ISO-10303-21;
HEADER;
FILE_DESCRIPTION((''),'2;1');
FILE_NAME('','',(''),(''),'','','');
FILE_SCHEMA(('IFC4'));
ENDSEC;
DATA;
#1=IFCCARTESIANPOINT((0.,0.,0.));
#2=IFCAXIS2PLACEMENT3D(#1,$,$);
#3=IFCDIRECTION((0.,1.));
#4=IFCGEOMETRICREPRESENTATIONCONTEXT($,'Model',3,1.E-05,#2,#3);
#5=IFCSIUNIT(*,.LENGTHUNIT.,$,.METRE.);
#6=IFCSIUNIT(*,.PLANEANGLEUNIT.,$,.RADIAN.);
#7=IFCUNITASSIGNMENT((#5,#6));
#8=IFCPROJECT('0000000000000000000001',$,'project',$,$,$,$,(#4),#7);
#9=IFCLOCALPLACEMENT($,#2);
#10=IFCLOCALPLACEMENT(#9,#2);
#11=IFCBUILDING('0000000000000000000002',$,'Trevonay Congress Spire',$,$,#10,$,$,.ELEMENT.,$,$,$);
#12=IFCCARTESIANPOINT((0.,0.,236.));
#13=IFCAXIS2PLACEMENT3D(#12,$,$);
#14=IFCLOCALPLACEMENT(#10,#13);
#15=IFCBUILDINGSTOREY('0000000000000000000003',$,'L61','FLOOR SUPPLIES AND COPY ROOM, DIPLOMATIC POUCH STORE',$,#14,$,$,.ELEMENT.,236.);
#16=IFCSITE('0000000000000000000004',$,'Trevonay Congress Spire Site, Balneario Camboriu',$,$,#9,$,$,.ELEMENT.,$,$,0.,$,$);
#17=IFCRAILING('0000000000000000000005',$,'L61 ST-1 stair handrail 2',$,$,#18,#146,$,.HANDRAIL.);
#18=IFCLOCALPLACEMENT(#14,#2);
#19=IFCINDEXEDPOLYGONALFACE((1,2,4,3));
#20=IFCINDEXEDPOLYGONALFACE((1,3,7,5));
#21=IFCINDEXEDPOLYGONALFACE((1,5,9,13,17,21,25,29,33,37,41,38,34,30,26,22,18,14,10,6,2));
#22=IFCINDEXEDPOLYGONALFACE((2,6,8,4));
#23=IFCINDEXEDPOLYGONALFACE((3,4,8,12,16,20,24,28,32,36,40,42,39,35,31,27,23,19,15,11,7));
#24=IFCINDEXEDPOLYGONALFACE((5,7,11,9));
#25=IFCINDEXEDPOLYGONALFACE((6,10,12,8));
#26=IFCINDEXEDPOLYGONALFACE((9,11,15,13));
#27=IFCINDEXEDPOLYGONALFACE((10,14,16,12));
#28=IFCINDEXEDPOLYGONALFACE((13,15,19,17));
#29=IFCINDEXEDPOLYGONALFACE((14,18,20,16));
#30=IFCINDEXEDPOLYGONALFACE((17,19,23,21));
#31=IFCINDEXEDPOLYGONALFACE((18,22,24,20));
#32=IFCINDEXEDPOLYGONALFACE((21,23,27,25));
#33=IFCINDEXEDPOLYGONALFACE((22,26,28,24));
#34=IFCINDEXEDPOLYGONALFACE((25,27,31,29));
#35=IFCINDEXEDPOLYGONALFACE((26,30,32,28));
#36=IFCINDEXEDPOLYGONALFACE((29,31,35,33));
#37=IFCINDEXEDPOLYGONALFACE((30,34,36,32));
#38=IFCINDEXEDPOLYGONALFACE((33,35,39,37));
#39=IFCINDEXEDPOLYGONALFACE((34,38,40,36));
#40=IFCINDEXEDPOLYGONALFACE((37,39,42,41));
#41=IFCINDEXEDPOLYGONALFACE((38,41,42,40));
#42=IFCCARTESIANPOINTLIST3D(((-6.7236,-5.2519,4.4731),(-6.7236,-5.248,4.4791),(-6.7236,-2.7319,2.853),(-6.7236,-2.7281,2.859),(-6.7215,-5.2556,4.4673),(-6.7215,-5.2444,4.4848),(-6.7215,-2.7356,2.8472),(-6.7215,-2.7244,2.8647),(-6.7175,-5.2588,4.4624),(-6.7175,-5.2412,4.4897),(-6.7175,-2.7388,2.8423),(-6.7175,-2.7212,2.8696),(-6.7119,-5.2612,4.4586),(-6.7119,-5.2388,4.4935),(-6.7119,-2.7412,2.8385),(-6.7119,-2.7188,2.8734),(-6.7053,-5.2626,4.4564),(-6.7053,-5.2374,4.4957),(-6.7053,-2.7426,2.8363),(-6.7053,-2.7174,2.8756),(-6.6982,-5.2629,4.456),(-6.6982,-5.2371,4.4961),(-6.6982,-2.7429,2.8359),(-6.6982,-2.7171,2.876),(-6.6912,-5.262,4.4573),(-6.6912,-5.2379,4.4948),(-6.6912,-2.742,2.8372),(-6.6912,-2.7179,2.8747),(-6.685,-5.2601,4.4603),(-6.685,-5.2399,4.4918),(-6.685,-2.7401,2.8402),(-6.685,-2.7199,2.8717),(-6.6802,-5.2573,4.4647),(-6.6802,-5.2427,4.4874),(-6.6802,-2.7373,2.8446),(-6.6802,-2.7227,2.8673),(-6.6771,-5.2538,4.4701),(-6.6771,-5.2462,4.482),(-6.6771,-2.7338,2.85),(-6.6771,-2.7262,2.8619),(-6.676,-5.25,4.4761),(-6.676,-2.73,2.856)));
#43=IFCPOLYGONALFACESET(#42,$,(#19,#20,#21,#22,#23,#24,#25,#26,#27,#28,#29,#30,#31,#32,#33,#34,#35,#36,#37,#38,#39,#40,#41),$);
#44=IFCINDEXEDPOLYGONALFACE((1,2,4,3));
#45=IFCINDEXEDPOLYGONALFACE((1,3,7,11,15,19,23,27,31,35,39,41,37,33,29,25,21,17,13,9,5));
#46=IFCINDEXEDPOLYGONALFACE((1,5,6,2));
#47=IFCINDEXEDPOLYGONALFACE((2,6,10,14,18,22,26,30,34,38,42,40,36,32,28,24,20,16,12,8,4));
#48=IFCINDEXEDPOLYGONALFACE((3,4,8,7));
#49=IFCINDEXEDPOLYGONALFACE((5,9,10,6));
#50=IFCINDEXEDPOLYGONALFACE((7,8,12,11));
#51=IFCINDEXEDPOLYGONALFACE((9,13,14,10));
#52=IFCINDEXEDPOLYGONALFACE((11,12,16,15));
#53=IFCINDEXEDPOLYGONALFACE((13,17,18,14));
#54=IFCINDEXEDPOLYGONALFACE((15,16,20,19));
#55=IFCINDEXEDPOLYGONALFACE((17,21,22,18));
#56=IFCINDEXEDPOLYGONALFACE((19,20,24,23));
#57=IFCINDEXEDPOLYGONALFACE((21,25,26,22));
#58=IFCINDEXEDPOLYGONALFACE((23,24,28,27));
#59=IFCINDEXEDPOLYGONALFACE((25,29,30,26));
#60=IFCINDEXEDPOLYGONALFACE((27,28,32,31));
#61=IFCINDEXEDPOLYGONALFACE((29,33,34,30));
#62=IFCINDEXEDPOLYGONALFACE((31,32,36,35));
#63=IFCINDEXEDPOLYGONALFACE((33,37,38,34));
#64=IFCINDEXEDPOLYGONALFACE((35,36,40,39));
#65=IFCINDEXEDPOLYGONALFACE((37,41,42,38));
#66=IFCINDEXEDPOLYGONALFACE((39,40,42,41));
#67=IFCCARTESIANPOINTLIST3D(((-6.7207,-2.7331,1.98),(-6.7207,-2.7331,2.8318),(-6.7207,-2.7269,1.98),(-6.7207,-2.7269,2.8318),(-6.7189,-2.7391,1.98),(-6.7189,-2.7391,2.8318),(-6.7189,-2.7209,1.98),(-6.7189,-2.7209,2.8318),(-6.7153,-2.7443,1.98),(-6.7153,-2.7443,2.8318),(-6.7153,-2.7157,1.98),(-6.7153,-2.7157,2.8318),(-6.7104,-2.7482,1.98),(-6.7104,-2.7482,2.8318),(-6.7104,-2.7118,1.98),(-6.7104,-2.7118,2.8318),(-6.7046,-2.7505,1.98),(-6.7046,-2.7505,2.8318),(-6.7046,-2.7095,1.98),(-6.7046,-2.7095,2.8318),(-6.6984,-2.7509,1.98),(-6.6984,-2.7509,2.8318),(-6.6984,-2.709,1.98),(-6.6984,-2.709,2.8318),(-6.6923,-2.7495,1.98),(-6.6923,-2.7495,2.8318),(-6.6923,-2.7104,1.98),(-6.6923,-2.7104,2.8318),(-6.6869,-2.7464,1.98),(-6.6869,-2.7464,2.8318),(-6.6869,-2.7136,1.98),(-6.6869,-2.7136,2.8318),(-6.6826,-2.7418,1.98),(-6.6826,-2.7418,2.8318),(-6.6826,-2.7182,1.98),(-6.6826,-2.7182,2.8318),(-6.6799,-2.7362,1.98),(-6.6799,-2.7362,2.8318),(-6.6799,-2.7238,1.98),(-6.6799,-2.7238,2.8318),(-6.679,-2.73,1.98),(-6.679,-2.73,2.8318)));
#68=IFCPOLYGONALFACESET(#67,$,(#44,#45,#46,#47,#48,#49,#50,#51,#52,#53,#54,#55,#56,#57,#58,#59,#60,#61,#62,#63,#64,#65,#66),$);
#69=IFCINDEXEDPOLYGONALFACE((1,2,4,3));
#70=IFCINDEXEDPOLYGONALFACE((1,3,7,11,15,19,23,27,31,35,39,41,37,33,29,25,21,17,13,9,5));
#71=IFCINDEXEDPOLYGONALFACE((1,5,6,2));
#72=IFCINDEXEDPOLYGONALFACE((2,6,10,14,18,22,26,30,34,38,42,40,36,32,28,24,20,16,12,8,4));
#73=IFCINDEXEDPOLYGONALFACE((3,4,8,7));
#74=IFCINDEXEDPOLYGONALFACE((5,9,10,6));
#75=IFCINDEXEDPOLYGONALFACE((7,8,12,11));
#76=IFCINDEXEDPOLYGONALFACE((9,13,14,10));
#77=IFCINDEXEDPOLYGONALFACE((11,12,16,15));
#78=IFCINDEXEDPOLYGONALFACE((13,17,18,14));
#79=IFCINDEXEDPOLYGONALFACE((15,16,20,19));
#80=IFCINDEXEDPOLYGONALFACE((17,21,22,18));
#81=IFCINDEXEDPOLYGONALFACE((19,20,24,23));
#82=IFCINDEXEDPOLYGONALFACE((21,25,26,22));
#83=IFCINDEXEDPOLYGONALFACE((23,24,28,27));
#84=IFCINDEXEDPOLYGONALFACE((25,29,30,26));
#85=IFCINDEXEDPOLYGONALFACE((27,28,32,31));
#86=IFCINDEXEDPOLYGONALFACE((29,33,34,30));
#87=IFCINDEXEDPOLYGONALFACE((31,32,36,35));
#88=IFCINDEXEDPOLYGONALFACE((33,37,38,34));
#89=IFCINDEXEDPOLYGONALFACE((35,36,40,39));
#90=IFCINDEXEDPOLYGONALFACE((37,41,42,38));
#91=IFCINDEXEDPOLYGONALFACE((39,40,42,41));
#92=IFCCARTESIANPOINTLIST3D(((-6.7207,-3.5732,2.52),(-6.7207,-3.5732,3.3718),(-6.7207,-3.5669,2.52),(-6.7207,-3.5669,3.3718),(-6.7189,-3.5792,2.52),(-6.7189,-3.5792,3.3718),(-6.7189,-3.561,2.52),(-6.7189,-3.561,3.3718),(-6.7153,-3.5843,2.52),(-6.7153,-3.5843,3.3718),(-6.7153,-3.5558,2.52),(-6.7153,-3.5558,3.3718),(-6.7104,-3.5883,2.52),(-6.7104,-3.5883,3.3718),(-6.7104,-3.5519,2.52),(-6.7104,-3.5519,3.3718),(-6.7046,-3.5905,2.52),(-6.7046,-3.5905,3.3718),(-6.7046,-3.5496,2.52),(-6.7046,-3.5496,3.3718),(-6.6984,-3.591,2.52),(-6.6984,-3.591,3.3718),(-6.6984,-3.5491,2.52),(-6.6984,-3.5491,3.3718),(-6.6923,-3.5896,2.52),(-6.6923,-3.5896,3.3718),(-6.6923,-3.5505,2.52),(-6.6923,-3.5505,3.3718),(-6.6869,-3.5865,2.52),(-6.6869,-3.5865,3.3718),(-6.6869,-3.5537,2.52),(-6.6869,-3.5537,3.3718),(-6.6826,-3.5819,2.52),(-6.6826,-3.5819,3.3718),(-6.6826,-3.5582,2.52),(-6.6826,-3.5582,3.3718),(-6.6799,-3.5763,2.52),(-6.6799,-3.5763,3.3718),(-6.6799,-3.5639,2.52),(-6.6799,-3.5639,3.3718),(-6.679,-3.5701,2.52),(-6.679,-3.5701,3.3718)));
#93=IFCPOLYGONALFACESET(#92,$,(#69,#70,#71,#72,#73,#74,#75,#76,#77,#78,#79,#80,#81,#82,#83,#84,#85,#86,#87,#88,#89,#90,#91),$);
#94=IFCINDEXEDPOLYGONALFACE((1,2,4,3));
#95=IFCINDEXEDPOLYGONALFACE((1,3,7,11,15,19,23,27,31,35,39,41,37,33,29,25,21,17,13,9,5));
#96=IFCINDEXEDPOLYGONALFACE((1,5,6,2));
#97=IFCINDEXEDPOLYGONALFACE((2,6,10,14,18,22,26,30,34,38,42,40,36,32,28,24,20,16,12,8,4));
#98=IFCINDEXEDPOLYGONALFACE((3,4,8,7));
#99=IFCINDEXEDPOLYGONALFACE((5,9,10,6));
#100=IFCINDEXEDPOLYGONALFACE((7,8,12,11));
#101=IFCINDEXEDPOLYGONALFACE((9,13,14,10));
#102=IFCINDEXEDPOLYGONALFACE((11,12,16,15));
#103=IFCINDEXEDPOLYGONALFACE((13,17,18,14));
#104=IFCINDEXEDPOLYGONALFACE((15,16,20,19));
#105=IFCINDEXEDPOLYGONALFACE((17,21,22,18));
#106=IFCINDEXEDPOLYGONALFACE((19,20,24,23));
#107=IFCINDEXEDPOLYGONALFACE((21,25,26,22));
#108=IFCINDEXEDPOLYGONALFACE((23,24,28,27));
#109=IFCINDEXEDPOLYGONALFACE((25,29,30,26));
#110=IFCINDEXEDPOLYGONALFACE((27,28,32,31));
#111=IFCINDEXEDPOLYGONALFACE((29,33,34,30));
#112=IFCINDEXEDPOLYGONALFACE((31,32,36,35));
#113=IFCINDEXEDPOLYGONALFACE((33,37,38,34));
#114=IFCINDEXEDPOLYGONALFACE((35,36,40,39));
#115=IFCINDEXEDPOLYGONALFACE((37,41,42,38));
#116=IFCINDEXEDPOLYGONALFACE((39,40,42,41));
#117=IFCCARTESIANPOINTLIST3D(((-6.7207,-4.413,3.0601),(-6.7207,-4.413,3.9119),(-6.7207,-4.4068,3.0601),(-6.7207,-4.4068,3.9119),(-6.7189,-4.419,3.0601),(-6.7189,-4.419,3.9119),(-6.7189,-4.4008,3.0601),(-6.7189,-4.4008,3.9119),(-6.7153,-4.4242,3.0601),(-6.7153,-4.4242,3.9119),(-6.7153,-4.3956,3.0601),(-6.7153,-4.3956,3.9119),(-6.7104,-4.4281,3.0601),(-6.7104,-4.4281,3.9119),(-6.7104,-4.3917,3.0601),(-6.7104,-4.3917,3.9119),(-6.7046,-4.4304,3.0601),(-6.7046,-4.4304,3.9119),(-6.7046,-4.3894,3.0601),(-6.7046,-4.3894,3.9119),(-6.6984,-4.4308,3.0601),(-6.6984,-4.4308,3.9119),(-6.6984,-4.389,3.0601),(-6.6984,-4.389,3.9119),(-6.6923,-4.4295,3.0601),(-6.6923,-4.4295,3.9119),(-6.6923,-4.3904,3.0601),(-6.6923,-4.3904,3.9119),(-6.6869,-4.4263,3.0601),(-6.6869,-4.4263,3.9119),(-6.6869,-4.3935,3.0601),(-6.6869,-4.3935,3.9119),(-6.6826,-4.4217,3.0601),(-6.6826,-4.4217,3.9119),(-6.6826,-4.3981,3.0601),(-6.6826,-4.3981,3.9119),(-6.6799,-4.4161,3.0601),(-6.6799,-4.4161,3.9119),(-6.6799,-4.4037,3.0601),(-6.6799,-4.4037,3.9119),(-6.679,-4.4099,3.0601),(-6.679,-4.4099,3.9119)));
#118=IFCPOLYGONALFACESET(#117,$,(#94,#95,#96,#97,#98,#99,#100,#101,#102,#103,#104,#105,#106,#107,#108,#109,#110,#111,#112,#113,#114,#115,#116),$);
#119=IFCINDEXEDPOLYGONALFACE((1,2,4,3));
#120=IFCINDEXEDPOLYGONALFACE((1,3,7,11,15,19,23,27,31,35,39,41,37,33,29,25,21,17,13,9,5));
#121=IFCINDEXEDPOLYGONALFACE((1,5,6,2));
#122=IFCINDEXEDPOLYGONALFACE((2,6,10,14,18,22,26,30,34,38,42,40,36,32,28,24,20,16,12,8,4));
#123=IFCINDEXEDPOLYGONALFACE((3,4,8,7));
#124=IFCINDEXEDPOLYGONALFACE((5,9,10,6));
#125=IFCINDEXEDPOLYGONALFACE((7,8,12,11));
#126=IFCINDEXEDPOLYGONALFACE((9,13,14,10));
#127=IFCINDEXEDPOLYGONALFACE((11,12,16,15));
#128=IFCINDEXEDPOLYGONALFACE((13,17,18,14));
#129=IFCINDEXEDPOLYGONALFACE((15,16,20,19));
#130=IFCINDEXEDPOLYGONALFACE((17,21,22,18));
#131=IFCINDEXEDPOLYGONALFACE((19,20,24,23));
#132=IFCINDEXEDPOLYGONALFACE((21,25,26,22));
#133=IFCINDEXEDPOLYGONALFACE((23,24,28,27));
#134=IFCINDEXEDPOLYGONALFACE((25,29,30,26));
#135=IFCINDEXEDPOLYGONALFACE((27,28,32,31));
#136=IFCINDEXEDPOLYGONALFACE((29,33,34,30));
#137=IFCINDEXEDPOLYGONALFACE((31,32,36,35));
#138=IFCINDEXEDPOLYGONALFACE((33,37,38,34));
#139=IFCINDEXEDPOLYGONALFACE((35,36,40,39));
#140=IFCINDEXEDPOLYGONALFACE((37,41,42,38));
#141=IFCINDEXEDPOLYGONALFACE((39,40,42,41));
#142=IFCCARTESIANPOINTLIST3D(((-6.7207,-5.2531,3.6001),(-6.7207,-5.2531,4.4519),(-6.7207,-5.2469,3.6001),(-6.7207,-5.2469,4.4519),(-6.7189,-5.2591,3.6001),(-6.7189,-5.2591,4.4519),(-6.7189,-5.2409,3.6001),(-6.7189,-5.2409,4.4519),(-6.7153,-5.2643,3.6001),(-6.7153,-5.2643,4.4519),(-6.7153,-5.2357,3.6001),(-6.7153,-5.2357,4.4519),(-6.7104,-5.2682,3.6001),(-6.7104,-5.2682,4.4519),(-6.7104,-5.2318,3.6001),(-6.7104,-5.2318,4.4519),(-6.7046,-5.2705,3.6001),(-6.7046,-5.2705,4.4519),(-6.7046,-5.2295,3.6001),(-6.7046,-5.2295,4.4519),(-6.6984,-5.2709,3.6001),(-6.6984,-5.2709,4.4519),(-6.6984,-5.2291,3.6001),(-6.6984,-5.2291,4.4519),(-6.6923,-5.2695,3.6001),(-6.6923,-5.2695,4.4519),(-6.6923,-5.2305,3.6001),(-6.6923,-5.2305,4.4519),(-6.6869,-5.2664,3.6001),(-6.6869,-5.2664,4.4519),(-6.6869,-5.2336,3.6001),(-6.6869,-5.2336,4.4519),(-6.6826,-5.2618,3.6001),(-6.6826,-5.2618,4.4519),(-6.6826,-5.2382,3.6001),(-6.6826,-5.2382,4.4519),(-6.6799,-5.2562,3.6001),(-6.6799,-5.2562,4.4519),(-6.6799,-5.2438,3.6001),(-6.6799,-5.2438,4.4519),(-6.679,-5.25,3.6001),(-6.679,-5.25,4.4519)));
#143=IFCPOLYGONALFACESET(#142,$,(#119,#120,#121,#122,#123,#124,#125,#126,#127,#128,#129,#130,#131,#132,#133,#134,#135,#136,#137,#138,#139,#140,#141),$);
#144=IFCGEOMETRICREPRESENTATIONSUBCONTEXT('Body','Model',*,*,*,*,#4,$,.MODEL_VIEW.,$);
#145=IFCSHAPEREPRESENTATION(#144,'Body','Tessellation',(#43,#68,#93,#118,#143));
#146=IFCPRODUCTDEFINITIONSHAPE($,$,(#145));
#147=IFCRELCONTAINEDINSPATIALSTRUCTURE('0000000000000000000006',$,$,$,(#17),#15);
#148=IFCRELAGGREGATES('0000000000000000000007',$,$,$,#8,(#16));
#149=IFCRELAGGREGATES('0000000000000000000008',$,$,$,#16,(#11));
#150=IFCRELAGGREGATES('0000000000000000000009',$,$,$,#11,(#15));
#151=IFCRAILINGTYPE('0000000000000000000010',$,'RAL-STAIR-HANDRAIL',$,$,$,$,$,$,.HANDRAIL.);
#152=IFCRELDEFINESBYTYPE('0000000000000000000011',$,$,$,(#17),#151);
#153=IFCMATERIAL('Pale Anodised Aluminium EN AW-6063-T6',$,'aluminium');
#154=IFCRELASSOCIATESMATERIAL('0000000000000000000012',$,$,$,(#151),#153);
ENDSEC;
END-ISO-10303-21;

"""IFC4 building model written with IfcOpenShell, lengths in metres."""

from ifc_helpers import new_model, si_unit, direction, frame, origin, origin_2d, place, context, subcontext, project, spatial, circle, extrude, material, type_object, element, save


model = new_model("IFC4")

# Units and contexts
model_context = context("Model", 3, precision=1e-05, world=origin(), true_north=direction((0.0, 1.0)))
body_context = subcontext(model_context, "Body", "Model", "MODEL_VIEW")
ifc_project = project(units=[si_unit("LENGTHUNIT", "METRE"), si_unit("PLANEANGLEUNIT", "RADIAN")], contexts=[model_context])

# Site, building, storey
site_placement = place(None, origin())
site = spatial("IfcSite", under=ifc_project, at=site_placement, Name="Trevonay Congress Spire Site, Balneario Camboriu", CompositionType="ELEMENT", RefElevation=0.0)
building_placement = place(site_placement, origin())
building = spatial("IfcBuilding", under=site, at=building_placement, Name="Trevonay Congress Spire", CompositionType="ELEMENT")
storey_placement = place(building_placement, frame((0.0, 0.0, 236.0)))
storey = spatial("IfcBuildingStorey", under=building, at=storey_placement, Name="L61", Description="FLOOR SUPPLIES AND COPY ROOM, DIPLOMATIC POUCH STORE", CompositionType="ELEMENT", Elevation=236.0)

# Railing
ifc_material_1 = material(Name="Pale Anodised Aluminium EN AW-6063-T6", Category="aluminium")
railing_type_1 = type_object("IfcRailingType", Name="RAL-STAIR-HANDRAIL", PredefinedType="HANDRAIL", material=ifc_material_1)
railing_1_placement = place(storey_placement, frame((-6.7, -2.73, 1.98)))
element("IfcRailing", 1, at=railing_1_placement, inside=storey, type_object=railing_type_1, Name="L61 ST-1 stair handrail 2", PredefinedType="HANDRAIL", context=body_context, shape_type="SweptSolid", body=[
    extrude(circle(Radius=0.0239, at=origin_2d()), frame((0.0, 0.0, 0.876), z_axis=(0.0, -0.841163, 0.540782), x_axis=(1.0, 0.0, 0.0)), (0.0, 0.0, 1.0), 2.9958),
    extrude(circle(Radius=0.021, at=origin_2d()), origin(), (0.0, 0.0, 1.0), 0.8518),
    extrude(circle(Radius=0.021, at=origin_2d()), frame((0.0, -0.8401, 0.54)), (0.0, 0.0, 1.0), 0.8518),
    extrude(circle(Radius=0.021, at=origin_2d()), frame((0.0, -1.6799, 1.0801)), (0.0, 0.0, 1.0), 0.8518),
    extrude(circle(Radius=0.021, at=origin_2d()), frame((0.0, -2.52, 1.6201)), (0.0, 0.0, 1.0), 0.8518),
])

save(model, "model.ifc")
